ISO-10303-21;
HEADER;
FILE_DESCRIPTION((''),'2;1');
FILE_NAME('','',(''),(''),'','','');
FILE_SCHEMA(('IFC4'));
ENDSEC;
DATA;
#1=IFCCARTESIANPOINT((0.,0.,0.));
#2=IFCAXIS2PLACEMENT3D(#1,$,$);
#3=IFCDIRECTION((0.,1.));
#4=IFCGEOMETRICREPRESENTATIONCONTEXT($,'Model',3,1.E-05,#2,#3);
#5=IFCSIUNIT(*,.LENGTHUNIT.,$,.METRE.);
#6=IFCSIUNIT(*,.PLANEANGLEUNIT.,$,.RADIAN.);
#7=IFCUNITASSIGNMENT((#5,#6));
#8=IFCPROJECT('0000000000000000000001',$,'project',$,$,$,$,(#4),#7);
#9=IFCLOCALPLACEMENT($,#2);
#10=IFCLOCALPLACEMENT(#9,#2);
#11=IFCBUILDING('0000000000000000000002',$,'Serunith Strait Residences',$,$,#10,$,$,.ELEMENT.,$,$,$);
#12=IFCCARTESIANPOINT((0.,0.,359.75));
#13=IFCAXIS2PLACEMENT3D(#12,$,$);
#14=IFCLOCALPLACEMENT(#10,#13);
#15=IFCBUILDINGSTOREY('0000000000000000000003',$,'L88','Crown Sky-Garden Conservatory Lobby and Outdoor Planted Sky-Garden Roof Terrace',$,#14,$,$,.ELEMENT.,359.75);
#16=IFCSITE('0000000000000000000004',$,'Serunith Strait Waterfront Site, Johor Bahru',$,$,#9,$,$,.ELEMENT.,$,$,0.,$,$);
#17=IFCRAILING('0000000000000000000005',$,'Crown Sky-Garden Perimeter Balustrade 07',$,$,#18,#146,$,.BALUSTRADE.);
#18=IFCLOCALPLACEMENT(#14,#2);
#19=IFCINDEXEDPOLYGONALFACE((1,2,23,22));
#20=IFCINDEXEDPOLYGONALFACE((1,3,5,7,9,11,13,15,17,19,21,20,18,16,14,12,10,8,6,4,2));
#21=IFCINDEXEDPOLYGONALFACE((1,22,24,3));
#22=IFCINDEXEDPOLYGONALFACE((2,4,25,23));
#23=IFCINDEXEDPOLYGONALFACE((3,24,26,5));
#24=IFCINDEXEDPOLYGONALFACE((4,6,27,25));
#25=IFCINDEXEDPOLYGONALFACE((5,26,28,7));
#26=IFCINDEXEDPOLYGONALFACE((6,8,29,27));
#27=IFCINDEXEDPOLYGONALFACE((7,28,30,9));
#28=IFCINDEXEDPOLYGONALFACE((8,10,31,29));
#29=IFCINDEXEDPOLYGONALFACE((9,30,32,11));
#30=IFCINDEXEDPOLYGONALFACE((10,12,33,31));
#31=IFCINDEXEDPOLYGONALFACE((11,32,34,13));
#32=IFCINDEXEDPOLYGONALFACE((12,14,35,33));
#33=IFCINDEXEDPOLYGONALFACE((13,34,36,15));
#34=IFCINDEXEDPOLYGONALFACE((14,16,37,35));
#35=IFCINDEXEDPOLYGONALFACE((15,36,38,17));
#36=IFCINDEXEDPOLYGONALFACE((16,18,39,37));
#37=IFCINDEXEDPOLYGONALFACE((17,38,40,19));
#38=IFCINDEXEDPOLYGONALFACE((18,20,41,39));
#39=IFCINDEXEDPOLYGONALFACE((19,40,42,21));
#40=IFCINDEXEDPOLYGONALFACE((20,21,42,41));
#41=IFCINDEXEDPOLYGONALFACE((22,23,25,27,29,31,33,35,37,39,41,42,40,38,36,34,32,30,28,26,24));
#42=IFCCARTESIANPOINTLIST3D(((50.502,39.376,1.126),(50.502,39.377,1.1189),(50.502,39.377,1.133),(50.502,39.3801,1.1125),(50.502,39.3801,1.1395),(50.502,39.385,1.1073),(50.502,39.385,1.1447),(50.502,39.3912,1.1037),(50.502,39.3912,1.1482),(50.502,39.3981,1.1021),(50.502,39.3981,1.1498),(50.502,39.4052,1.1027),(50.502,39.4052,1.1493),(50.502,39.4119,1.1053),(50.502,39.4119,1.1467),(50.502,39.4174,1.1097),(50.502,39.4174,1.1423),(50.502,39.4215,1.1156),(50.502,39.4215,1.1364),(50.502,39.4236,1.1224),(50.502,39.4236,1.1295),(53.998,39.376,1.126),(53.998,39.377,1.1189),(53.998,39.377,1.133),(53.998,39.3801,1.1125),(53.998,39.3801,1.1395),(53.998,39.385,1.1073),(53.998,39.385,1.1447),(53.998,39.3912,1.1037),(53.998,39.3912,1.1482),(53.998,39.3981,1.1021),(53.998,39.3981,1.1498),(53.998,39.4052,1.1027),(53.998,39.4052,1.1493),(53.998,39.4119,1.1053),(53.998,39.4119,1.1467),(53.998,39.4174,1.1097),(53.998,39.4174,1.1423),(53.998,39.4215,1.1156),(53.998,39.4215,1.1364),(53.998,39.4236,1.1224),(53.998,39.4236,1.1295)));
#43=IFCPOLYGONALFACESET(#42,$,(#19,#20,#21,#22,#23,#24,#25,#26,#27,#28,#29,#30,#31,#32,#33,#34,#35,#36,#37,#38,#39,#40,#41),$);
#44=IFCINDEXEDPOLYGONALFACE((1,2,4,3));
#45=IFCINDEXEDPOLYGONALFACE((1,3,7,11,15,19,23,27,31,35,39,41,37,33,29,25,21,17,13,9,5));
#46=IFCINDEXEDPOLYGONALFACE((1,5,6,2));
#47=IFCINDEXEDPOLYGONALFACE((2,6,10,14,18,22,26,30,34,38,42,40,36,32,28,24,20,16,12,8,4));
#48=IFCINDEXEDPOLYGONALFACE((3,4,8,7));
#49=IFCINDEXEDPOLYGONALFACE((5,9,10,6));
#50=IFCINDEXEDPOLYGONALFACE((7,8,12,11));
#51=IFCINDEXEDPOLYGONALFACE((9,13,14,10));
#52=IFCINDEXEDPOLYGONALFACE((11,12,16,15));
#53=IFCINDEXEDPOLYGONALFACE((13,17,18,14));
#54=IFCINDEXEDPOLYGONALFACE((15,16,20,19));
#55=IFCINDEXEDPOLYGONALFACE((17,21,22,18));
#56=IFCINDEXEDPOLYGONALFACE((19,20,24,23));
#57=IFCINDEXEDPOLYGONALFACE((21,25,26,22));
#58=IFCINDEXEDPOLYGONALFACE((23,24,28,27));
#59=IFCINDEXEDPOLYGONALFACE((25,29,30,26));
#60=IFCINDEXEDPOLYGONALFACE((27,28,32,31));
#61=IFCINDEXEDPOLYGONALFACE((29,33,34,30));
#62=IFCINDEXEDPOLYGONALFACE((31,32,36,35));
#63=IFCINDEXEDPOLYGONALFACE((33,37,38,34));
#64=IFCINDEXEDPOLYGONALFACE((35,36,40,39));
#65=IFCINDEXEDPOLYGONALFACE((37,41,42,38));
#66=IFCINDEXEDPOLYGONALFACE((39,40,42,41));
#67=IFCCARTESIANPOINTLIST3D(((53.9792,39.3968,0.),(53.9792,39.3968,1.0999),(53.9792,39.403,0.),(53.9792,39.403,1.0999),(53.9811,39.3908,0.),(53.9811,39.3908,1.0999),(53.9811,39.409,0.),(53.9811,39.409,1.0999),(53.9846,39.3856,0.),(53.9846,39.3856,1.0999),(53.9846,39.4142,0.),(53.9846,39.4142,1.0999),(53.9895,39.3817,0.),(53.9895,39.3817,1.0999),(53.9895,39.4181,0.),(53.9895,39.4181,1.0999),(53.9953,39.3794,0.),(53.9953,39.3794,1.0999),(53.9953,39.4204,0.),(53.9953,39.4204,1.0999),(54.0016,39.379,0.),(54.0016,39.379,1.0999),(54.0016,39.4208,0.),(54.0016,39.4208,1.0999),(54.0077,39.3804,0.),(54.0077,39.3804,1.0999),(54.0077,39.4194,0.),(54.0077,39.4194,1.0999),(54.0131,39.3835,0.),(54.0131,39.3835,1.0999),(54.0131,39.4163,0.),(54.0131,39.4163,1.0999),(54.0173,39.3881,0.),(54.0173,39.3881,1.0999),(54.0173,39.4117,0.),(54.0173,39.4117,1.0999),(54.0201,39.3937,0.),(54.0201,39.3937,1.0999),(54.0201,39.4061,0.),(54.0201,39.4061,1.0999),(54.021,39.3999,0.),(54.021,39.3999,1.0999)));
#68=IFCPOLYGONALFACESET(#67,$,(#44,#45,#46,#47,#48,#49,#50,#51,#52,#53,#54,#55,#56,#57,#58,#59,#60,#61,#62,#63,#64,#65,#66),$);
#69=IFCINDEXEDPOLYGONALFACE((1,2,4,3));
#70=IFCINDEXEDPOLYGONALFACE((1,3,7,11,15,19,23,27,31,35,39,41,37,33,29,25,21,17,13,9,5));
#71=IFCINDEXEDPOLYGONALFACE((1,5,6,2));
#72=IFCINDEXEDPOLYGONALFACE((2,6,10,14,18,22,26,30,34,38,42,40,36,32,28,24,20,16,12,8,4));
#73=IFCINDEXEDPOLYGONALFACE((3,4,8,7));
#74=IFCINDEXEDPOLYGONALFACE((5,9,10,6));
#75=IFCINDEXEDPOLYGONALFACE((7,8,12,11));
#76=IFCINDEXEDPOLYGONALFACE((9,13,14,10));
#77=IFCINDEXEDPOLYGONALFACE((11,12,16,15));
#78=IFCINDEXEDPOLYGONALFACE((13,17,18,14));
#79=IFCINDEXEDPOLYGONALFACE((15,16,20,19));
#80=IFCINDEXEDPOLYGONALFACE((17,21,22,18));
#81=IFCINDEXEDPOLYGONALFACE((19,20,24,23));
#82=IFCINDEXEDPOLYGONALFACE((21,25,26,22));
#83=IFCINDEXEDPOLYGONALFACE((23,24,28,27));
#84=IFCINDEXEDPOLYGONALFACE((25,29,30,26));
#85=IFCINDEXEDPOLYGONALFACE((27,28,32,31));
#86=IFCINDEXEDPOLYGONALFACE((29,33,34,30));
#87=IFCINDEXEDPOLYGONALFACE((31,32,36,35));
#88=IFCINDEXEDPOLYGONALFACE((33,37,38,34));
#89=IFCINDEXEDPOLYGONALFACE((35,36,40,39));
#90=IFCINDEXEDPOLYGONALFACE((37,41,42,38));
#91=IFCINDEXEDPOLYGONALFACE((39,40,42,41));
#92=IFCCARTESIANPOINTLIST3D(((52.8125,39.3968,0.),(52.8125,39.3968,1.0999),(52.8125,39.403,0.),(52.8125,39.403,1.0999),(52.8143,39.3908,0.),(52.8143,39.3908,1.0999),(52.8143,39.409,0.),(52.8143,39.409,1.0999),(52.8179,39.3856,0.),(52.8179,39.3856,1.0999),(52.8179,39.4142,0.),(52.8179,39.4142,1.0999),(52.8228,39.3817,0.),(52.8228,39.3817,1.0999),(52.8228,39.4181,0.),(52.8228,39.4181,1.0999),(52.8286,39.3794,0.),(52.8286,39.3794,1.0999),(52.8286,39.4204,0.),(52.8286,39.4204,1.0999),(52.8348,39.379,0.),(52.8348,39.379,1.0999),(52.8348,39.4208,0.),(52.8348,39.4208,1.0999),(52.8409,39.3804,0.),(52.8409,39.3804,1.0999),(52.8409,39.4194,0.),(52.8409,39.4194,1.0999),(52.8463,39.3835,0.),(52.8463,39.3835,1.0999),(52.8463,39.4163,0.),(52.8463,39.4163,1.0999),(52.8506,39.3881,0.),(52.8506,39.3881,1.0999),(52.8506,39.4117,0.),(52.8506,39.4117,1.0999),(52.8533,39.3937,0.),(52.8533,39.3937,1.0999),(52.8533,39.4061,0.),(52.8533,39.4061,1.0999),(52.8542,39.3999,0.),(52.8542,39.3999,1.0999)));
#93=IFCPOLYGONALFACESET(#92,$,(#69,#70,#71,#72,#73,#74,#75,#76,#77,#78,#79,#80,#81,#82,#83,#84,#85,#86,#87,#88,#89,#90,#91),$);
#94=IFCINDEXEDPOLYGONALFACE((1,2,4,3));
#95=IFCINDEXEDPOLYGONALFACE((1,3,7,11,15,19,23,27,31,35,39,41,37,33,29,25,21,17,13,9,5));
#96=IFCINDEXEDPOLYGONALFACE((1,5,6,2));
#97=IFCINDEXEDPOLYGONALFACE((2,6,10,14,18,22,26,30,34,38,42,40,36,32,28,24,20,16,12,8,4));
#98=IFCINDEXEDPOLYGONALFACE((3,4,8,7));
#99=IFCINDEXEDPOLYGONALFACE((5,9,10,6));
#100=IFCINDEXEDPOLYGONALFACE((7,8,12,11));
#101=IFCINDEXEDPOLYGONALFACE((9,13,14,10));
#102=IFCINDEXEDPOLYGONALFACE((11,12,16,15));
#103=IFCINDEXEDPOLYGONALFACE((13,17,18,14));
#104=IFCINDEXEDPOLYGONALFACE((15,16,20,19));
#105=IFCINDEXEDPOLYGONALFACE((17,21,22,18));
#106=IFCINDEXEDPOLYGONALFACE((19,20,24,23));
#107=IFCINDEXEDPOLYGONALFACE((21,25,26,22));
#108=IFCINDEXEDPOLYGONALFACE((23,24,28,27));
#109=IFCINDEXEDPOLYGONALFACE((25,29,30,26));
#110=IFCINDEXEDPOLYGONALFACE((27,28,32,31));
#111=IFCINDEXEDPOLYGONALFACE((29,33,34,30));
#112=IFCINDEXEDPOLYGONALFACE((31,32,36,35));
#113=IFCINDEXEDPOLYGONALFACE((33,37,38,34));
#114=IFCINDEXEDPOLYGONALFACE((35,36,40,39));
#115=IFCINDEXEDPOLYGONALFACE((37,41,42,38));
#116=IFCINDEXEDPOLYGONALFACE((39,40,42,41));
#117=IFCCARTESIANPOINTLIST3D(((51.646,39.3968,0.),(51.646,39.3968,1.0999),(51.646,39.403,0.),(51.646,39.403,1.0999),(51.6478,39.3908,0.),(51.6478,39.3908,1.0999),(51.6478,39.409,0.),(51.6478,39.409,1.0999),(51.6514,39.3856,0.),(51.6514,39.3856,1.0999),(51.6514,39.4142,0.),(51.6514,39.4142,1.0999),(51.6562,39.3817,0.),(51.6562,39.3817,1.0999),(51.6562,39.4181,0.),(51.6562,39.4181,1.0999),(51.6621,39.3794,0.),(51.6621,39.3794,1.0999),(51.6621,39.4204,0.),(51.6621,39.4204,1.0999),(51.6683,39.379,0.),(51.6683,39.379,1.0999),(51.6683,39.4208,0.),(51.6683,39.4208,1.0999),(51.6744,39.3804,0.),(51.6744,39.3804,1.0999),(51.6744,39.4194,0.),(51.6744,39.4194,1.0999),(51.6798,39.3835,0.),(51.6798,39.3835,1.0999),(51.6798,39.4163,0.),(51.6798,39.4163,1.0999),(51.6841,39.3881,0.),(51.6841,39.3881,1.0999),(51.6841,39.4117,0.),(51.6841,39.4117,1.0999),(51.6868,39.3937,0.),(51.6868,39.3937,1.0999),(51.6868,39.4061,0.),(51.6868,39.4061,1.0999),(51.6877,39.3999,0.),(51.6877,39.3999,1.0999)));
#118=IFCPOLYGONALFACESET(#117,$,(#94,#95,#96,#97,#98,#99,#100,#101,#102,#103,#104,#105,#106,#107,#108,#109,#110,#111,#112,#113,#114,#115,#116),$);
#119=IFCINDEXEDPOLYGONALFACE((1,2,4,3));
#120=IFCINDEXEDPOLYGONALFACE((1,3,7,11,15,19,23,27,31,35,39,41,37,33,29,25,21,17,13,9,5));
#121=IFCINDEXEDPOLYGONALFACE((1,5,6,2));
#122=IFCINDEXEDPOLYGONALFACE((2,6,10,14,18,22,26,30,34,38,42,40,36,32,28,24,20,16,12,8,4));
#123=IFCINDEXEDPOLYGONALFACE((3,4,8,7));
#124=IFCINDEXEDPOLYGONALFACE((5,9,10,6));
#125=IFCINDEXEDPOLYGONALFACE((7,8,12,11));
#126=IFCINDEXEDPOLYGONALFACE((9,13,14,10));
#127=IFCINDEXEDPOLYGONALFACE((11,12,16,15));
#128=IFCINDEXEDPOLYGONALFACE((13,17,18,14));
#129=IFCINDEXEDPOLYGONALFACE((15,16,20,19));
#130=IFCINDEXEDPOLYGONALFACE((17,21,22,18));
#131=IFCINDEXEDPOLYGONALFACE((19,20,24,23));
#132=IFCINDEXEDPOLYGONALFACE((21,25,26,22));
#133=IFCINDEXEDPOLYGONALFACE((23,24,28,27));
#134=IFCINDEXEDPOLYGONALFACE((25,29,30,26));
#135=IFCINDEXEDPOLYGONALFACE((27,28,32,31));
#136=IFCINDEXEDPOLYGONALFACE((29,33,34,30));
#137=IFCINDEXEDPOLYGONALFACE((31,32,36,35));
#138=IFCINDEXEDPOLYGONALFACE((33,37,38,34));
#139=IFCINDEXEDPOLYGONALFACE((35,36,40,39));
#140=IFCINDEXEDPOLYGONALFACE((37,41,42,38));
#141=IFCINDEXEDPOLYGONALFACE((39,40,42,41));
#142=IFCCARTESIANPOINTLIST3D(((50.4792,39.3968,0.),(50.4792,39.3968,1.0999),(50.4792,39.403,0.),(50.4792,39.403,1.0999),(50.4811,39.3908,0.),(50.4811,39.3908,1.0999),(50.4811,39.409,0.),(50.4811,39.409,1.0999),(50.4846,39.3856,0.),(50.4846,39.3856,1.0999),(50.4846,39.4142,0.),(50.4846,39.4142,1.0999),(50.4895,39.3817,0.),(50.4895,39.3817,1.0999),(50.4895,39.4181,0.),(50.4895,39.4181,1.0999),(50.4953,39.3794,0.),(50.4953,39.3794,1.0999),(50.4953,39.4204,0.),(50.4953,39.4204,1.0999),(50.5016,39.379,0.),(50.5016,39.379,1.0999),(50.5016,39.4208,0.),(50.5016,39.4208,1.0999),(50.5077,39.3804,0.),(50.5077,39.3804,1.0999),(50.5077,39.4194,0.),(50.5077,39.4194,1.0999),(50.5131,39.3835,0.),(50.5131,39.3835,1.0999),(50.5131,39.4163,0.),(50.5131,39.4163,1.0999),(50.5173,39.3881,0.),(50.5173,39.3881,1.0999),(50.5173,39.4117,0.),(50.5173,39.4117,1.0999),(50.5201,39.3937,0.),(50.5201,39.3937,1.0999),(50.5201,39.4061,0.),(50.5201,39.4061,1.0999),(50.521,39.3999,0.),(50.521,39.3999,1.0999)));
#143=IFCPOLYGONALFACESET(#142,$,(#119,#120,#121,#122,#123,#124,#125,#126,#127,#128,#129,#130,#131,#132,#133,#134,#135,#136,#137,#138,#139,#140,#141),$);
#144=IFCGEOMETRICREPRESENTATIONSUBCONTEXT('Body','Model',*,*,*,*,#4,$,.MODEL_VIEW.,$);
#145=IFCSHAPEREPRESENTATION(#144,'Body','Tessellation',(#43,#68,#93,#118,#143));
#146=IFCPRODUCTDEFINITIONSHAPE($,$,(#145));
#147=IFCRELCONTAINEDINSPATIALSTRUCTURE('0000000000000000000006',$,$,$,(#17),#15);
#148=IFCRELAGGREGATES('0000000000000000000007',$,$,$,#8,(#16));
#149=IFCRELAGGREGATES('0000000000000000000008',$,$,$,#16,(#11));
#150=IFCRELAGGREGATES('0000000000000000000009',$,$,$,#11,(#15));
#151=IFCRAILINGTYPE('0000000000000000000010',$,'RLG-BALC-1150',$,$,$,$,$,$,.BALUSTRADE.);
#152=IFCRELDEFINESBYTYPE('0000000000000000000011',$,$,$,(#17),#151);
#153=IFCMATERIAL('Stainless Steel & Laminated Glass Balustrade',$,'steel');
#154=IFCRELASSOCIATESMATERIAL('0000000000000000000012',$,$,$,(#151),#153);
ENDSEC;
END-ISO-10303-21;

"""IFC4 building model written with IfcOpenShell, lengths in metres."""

from ifc_helpers import new_model, si_unit, direction, frame, origin, origin_2d, place, context, subcontext, project, spatial, circle, extrude, material, type_object, element, save


model = new_model("IFC4")

# Units and contexts
model_context = context("Model", 3, precision=1e-05, world=origin(), true_north=direction((0.0, 1.0)))
body_context = subcontext(model_context, "Body", "Model", "MODEL_VIEW")
ifc_project = project(units=[si_unit("LENGTHUNIT", "METRE"), si_unit("PLANEANGLEUNIT", "RADIAN")], contexts=[model_context])

# Site, building, storey
site_placement = place(None, origin())
site = spatial("IfcSite", under=ifc_project, at=site_placement, Name="Serunith Strait Waterfront Site, Johor Bahru", CompositionType="ELEMENT", RefElevation=0.0)
building_placement = place(site_placement, origin())
building = spatial("IfcBuilding", under=site, at=building_placement, Name="Serunith Strait Residences", CompositionType="ELEMENT")
storey_placement = place(building_placement, frame((0.0, 0.0, 359.75)))
storey = spatial("IfcBuildingStorey", under=building, at=storey_placement, Name="L88", Description="Crown Sky-Garden Conservatory Lobby and Outdoor Planted Sky-Garden Roof Terrace", CompositionType="ELEMENT", Elevation=359.75)

# Railing
ifc_material_1 = material(Name="Stainless Steel & Laminated Glass Balustrade", Category="steel")
railing_type_1 = type_object("IfcRailingType", Name="RLG-BALC-1150", PredefinedType="BALUSTRADE", material=ifc_material_1)
railing_1_placement = place(storey_placement, frame((54.0, 39.3999, 0.0)))
element("IfcRailing", 1, at=railing_1_placement, inside=storey, type_object=railing_type_1, Name="Crown Sky-Garden Perimeter Balustrade 07", PredefinedType="BALUSTRADE", context=body_context, shape_type="SweptSolid", body=[
    extrude(circle(Radius=0.0239, at=origin_2d()), frame((-0.002, 0.0, 1.126), z_axis=(-1.0, 0.0, 0.0), x_axis=(0.0, -1.0, 0.0)), (0.0, 0.0, 1.0), 3.4961),
    extrude(circle(Radius=0.021, at=origin_2d()), origin(), (0.0, 0.0, 1.0), 1.0999),
    extrude(circle(Radius=0.021, at=origin_2d()), frame((-1.1667, 0.0, 0.0)), (0.0, 0.0, 1.0), 1.0999),
    extrude(circle(Radius=0.021, at=origin_2d()), frame((-2.3333, 0.0, 0.0)), (0.0, 0.0, 1.0), 1.0999),
    extrude(circle(Radius=0.021, at=origin_2d()), frame((-3.5, 0.0, 0.0)), (0.0, 0.0, 1.0), 1.0999),
])

save(model, "model.ifc")
